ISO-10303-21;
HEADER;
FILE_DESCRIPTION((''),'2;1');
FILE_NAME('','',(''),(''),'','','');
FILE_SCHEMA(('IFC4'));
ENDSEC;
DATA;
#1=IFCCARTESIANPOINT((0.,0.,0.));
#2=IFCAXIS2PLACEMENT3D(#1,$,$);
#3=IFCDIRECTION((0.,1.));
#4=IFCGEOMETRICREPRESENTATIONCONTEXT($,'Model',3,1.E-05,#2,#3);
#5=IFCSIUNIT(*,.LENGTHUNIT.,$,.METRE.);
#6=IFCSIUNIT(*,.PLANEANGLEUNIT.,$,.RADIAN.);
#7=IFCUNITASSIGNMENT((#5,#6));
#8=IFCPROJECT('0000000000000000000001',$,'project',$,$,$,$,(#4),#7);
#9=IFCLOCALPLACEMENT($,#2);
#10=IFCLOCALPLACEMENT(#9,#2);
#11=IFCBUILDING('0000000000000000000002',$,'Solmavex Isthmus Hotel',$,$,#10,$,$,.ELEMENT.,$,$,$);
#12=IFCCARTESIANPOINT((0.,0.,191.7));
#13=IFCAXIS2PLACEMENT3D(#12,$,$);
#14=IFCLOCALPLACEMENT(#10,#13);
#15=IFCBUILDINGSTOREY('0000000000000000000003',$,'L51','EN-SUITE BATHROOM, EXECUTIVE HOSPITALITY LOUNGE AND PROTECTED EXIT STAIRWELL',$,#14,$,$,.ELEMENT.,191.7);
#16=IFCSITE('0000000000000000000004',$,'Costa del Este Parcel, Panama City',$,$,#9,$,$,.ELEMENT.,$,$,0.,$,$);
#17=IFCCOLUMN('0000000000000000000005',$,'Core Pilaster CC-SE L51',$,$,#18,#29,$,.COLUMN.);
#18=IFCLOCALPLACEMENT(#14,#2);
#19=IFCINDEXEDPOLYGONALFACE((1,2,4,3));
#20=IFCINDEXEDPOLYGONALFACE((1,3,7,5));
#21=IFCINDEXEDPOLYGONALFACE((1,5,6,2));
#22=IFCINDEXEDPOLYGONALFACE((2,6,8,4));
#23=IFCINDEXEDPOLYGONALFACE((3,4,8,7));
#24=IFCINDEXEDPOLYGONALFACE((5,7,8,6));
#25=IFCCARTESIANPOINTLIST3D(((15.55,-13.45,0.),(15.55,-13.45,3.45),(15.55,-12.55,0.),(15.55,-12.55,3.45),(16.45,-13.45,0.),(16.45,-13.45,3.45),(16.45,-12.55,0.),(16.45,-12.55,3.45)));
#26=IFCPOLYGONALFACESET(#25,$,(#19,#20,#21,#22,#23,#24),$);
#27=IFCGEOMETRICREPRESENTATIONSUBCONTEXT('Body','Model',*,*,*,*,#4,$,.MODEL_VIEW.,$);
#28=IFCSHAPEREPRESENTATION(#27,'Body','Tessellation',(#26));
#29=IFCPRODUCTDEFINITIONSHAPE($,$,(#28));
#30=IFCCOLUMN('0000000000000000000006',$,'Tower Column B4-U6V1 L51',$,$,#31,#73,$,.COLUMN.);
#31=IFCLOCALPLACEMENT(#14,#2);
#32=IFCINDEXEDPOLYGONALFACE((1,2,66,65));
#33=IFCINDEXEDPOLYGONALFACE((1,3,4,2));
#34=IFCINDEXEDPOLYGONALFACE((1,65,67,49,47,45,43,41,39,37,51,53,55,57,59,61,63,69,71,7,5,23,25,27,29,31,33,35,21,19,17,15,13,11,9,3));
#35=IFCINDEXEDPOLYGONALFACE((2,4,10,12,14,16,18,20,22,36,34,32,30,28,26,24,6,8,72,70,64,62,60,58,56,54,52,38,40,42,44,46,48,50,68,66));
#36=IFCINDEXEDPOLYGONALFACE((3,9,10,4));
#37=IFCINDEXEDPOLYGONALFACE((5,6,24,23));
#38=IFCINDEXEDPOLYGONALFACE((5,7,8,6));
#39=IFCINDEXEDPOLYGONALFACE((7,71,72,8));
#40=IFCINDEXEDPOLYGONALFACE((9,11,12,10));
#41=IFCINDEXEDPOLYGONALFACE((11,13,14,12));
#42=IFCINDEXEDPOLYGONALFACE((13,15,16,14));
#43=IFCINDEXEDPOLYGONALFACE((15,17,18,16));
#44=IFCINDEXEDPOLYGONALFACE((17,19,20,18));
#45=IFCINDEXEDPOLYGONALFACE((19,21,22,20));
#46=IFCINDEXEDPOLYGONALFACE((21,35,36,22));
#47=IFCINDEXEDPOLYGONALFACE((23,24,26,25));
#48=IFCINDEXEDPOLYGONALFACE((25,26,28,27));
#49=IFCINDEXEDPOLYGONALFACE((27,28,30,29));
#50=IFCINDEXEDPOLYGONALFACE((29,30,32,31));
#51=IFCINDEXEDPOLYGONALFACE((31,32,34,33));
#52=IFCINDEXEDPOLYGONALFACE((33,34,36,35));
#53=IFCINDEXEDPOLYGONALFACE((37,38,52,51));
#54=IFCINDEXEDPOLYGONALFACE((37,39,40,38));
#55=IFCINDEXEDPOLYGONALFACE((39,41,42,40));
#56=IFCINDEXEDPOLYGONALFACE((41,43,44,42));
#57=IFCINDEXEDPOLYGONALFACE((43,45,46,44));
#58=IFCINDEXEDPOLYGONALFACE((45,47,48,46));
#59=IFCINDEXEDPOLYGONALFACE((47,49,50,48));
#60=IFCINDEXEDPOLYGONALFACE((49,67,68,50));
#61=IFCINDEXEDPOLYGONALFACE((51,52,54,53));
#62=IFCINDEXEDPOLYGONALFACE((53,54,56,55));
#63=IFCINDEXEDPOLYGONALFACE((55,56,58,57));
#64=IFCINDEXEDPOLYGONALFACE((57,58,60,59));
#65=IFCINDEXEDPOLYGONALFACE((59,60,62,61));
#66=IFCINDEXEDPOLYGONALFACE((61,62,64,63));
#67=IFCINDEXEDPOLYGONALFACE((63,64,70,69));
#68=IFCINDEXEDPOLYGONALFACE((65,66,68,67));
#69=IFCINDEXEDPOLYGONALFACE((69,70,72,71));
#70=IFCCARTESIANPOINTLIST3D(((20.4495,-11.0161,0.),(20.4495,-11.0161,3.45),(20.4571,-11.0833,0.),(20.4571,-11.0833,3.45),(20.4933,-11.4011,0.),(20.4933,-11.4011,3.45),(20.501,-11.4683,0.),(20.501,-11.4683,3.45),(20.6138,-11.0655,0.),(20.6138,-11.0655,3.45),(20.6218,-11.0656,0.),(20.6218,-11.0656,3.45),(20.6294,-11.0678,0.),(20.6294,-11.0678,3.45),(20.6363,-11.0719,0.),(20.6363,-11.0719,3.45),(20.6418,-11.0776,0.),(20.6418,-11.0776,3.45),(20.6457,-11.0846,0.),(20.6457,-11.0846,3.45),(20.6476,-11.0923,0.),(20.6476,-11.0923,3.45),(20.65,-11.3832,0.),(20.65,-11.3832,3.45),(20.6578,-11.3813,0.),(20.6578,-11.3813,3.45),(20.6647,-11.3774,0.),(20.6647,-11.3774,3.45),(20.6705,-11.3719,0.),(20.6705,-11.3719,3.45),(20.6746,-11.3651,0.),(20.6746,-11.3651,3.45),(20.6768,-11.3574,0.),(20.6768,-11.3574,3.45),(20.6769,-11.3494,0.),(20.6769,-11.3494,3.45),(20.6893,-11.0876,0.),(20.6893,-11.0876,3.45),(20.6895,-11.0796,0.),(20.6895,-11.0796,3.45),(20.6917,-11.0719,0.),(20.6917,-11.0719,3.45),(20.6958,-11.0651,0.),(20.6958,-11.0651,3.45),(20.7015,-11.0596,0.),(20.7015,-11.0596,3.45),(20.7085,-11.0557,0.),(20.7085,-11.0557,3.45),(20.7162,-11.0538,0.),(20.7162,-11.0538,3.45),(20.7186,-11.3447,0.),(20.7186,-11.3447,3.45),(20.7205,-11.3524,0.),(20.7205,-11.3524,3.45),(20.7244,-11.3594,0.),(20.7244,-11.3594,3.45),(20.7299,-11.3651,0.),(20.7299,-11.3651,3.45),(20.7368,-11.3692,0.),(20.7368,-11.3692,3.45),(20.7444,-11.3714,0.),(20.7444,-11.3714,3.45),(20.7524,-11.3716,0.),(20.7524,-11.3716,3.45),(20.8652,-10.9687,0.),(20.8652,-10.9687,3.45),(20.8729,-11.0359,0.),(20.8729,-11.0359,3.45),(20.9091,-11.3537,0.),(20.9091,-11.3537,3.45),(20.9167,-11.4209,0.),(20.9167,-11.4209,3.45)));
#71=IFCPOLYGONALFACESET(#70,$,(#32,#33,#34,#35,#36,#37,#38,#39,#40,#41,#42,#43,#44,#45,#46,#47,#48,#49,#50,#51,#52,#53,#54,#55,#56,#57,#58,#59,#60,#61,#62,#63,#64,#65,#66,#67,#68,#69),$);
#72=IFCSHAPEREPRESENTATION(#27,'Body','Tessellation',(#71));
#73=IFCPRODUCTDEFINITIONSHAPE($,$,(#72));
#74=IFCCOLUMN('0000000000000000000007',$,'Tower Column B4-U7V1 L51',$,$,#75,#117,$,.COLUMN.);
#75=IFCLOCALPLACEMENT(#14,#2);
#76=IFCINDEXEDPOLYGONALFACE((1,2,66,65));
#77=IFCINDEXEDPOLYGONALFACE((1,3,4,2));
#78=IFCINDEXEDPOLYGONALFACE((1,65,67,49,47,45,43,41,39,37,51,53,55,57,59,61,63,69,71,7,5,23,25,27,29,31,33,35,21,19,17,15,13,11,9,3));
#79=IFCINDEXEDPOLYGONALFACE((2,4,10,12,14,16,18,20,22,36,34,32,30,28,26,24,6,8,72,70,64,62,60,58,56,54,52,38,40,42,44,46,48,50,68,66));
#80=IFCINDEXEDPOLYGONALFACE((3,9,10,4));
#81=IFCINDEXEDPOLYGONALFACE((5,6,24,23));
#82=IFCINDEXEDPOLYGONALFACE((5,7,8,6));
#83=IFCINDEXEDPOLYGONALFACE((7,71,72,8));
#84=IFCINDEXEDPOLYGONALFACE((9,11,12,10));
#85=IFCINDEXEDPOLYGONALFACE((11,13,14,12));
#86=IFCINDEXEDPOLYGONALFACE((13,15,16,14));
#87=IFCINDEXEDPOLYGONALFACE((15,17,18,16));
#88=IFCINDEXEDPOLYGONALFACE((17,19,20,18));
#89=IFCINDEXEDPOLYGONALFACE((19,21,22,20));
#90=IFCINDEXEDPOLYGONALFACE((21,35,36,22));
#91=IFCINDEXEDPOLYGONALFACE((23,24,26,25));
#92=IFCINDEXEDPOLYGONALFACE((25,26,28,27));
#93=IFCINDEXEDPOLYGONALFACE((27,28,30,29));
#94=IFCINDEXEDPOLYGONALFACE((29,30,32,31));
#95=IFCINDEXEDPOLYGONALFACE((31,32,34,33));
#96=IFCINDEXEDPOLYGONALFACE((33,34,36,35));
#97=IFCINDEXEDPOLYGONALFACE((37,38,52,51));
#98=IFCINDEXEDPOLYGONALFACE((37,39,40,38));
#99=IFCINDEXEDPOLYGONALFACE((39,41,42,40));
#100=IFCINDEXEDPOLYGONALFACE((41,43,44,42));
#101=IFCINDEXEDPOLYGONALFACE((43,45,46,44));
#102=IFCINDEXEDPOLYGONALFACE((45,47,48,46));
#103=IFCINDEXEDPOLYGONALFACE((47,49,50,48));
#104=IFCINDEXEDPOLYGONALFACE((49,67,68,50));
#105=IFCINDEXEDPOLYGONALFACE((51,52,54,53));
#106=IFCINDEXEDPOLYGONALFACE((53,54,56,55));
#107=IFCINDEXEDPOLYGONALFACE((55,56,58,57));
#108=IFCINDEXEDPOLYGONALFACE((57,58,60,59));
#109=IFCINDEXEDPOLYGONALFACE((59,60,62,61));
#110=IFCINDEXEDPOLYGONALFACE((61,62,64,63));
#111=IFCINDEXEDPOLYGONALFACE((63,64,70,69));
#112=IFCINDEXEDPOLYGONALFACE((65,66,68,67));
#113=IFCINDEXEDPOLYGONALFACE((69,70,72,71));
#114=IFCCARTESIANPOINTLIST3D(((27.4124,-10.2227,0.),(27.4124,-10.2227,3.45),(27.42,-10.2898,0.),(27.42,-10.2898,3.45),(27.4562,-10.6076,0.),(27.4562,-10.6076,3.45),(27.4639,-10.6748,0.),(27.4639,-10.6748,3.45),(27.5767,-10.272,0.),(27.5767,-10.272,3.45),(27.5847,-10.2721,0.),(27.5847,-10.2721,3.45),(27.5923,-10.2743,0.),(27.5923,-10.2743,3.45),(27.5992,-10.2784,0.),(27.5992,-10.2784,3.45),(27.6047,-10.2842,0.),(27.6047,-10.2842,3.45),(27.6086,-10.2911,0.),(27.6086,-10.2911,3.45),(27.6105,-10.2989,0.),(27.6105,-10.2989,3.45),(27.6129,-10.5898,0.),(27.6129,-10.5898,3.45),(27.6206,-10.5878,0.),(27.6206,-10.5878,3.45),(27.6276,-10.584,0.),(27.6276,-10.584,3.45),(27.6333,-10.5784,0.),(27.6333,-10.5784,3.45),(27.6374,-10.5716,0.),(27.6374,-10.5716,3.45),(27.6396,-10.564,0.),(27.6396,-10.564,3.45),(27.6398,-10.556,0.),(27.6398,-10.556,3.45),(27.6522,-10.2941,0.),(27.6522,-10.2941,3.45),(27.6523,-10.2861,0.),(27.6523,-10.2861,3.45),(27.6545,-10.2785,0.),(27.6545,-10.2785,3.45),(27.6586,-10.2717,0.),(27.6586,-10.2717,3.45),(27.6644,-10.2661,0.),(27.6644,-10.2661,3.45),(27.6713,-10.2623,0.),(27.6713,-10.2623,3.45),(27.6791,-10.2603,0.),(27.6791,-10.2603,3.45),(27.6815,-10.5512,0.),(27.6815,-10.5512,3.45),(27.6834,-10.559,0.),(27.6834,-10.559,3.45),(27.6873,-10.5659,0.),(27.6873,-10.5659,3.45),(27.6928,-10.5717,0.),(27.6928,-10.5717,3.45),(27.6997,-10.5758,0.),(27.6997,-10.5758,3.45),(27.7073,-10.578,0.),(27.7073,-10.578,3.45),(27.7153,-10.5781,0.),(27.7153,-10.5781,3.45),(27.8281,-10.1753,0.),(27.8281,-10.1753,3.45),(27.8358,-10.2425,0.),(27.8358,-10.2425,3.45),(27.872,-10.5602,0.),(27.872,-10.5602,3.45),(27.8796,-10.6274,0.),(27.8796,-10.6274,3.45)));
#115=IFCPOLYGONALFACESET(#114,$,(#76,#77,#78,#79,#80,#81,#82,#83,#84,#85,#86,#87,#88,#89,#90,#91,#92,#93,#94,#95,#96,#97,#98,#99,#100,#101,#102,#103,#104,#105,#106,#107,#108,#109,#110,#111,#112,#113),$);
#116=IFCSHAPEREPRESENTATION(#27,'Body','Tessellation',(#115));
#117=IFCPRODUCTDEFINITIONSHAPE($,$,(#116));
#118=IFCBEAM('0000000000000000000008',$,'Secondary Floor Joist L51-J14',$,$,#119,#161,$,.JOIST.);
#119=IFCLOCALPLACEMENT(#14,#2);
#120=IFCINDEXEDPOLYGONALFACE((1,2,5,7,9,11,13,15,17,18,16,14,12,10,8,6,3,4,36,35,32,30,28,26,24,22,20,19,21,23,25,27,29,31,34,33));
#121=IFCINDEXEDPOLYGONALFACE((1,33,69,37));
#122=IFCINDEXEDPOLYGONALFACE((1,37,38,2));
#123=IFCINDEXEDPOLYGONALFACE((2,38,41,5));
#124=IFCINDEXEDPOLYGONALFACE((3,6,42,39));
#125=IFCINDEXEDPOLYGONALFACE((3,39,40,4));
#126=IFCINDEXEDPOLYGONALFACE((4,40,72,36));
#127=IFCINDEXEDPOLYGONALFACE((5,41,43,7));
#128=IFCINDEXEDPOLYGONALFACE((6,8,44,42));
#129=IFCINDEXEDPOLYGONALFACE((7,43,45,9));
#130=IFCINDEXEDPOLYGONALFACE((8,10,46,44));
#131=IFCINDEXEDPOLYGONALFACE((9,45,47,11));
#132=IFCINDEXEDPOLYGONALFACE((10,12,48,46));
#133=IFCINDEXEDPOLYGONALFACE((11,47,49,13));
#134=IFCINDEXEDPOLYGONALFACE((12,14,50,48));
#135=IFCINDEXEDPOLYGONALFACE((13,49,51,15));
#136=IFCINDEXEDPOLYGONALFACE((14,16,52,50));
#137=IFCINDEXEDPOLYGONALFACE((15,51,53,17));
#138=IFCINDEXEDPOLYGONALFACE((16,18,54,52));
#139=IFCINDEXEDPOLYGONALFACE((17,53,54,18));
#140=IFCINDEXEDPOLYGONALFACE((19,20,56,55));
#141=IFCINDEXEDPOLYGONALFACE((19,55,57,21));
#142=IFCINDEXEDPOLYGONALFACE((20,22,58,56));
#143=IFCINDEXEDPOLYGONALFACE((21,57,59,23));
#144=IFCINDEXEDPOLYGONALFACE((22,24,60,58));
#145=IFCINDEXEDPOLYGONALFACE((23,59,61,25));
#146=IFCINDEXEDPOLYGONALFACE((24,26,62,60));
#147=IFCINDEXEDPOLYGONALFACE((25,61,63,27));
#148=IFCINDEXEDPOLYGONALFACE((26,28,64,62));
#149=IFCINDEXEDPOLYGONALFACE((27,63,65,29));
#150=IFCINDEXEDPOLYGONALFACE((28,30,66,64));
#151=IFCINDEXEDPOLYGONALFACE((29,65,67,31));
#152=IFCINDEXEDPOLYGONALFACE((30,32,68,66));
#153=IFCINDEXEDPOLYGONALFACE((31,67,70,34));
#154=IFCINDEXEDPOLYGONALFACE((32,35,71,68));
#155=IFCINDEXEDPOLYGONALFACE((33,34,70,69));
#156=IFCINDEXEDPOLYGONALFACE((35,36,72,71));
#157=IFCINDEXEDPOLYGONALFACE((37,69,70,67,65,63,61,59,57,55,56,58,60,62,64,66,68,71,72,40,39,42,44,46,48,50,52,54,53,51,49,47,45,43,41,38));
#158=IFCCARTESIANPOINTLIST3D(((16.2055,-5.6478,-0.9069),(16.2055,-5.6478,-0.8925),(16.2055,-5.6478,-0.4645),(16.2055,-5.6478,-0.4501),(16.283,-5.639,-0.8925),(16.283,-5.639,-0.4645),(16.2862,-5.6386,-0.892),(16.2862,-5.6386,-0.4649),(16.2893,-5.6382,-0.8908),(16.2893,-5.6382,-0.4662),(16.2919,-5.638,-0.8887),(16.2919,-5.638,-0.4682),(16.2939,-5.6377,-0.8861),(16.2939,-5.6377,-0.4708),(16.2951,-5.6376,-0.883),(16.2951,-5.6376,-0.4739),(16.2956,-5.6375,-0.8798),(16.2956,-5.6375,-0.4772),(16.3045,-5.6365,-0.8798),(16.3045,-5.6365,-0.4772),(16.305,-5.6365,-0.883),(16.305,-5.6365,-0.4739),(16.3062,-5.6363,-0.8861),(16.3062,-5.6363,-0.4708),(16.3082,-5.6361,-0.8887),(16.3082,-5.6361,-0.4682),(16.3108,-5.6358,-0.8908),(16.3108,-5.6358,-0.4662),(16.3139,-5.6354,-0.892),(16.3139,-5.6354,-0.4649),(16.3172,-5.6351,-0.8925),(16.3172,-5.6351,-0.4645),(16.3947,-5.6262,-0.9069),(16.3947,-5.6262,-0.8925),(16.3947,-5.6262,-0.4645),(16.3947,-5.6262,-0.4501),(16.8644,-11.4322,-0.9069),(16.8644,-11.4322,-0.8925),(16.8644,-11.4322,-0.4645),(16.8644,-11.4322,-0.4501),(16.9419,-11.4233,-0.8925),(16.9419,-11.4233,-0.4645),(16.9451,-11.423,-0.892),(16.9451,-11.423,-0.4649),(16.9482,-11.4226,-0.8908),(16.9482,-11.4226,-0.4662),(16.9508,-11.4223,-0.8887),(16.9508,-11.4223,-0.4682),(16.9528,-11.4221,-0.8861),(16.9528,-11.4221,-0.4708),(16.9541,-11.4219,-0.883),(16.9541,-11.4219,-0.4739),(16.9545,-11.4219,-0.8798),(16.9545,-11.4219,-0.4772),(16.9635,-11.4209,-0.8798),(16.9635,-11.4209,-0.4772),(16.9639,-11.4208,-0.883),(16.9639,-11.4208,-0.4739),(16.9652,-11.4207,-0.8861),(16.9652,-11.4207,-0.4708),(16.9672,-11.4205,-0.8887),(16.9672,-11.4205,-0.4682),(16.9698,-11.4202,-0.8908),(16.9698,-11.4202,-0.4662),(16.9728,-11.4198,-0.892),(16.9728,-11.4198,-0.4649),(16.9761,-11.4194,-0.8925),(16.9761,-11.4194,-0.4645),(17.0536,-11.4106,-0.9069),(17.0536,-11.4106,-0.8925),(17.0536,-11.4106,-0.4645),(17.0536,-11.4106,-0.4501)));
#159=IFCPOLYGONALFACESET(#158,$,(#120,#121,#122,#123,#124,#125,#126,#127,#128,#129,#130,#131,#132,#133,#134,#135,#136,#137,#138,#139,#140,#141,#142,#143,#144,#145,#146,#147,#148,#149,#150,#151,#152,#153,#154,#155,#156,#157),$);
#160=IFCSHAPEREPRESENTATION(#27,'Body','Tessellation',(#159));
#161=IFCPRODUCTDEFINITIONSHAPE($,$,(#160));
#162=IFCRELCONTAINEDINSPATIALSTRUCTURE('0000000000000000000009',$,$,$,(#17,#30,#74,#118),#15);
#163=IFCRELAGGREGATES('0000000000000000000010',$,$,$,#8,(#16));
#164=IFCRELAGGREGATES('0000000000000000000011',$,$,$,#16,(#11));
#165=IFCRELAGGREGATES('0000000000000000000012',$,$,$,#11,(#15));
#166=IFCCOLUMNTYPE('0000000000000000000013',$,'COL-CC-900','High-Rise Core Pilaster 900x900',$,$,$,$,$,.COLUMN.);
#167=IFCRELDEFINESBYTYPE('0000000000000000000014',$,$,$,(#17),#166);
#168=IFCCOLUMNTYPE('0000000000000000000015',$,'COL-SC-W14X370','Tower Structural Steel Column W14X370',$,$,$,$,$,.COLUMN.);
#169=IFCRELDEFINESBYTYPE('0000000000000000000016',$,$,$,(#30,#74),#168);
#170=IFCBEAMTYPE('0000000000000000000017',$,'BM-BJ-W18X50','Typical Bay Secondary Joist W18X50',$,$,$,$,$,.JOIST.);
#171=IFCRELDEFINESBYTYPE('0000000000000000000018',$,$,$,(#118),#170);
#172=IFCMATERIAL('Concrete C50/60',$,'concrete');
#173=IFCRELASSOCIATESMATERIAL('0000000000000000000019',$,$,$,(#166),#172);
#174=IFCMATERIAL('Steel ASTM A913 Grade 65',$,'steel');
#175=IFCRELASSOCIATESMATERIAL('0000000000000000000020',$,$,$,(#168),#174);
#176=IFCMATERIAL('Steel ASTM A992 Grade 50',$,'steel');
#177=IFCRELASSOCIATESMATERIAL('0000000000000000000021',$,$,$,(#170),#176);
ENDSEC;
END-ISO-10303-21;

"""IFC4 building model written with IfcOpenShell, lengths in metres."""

from ifc_helpers import new_model, si_unit, direction, frame, origin, origin_2d, place, context, subcontext, project, spatial, rectangle, i_section, extrude, material, material_profile, profile_set, type_object, element, save


model = new_model("IFC4")

# Units and contexts
model_context = context("Model", 3, precision=1e-05, world=origin(), true_north=direction((0.0, 1.0)))
body_context = subcontext(model_context, "Body", "Model", "MODEL_VIEW")
ifc_project = project(units=[si_unit("LENGTHUNIT", "METRE"), si_unit("PLANEANGLEUNIT", "RADIAN")], contexts=[model_context])

# Site, building, storey
site_placement = place(None, origin())
site = spatial("IfcSite", under=ifc_project, at=site_placement, Name="Costa del Este Parcel, Panama City", CompositionType="ELEMENT", RefElevation=0.0)
building_placement = place(site_placement, origin())
building = spatial("IfcBuilding", under=site, at=building_placement, Name="Solmavex Isthmus Hotel", CompositionType="ELEMENT")
storey_placement = place(building_placement, frame((0.0, 0.0, 191.7)))
storey = spatial("IfcBuildingStorey", under=building, at=storey_placement, Name="L51", Description="EN-SUITE BATHROOM, EXECUTIVE HOSPITALITY LOUNGE AND PROTECTED EXIT STAIRWELL", CompositionType="ELEMENT", Elevation=191.7)

# Columns
ifc_material_1 = material(Name="Concrete C50/60", Category="concrete")
ifc_material_profile_1 = material_profile(ifc_material_1, rectangle(XDim=0.8999, YDim=0.8999, at=origin_2d()), Name="RC900X900")
ifc_profile_set_1 = profile_set([ifc_material_profile_1], Name="Concrete C50/60")
column_type_1 = type_object("IfcColumnType", Name="COL-CC-900", Description="High-Rise Core Pilaster 900x900", PredefinedType="COLUMN", material=ifc_profile_set_1)
column_placement = place(storey_placement, frame((16.0, -13.0, 0.0), z_axis=(0.0, 0.0, 1.0), x_axis=(1.0, 0.0, 0.0)))
element("IfcColumn", 1, at=column_placement, inside=storey, type_object=column_type_1, Name="Core Pilaster CC-SE L51", PredefinedType="COLUMN", context=body_context, shape_type="SweptSolid", body=[
    extrude(rectangle(XDim=0.8999, YDim=0.8999, at=origin_2d()), origin(), (0.0, 0.0, 1.0), 3.45),
])
ifc_material_2 = material(Name="Steel ASTM A913 Grade 65", Category="steel")
ifc_material_profile_2 = material_profile(ifc_material_2, i_section(OverallWidth=0.4185, OverallDepth=0.4551, WebThickness=0.042, FlangeThickness=0.0676, FilletRadius=0.0305, at=origin_2d()), Name="W14X370")
ifc_profile_set_2 = profile_set([ifc_material_profile_2], Name="Steel ASTM A913 Grade 65")
column_type_2 = type_object("IfcColumnType", Name="COL-SC-W14X370", Description="Tower Structural Steel Column W14X370", PredefinedType="COLUMN", material=ifc_profile_set_2)
for number, where, z_axis, x_axis, name in (
    (2, (20.6831, -11.2185, 0.0), (0.0, 0.0, 1.0), (0.993572, 0.113203, 0.0), "Tower Column B4-U6V1 L51"),
    (3, (27.646, -10.425, 0.0), (0.0, 0.0, 1.0), (0.993572, 0.113203, 0.0), "Tower Column B4-U7V1 L51"),
):
    element("IfcColumn", number, at=place(storey_placement, frame(where, z_axis=z_axis, x_axis=x_axis)), inside=storey, type_object=column_type_2, Name=name, PredefinedType="COLUMN", context=body_context, shape_type="SweptSolid", body=[
        extrude(i_section(OverallWidth=0.4185, OverallDepth=0.4551, WebThickness=0.042, FlangeThickness=0.0676, FilletRadius=0.0305, at=origin_2d()), origin(), (0.0, 0.0, 1.0), 3.45),
    ])

# Beam
ifc_material_3 = material(Name="Steel ASTM A992 Grade 50", Category="steel")
ifc_material_profile_3 = material_profile(ifc_material_3, i_section(OverallWidth=0.1904, OverallDepth=0.4568, WebThickness=0.009, FlangeThickness=0.0144, FilletRadius=0.0127, at=origin_2d()), Name="W18X50")
ifc_profile_set_3 = profile_set([ifc_material_profile_3], Name="Steel ASTM A992 Grade 50")
beam_type_1 = type_object("IfcBeamType", Name="BM-BJ-W18X50", Description="Typical Bay Secondary Joist W18X50", PredefinedType="JOIST", material=ifc_profile_set_3)
beam_1_placement = place(storey_placement, frame((16.959, -11.4214, -0.6785), z_axis=(-0.113183, 0.993574, 0.0), x_axis=(-0.993574, -0.113183, 0.0)))
element("IfcBeam", 4, at=beam_1_placement, inside=storey, type_object=beam_type_1, Name="Secondary Floor Joist L51-J14", PredefinedType="JOIST", context=body_context, shape_type="SweptSolid", body=[
    extrude(i_section(OverallWidth=0.1904, OverallDepth=0.4568, WebThickness=0.009, FlangeThickness=0.0144, FilletRadius=0.0127, at=origin_2d()), origin(), (0.0, 0.0, 1.0), 5.8218),
])

save(model, "model.ifc")
